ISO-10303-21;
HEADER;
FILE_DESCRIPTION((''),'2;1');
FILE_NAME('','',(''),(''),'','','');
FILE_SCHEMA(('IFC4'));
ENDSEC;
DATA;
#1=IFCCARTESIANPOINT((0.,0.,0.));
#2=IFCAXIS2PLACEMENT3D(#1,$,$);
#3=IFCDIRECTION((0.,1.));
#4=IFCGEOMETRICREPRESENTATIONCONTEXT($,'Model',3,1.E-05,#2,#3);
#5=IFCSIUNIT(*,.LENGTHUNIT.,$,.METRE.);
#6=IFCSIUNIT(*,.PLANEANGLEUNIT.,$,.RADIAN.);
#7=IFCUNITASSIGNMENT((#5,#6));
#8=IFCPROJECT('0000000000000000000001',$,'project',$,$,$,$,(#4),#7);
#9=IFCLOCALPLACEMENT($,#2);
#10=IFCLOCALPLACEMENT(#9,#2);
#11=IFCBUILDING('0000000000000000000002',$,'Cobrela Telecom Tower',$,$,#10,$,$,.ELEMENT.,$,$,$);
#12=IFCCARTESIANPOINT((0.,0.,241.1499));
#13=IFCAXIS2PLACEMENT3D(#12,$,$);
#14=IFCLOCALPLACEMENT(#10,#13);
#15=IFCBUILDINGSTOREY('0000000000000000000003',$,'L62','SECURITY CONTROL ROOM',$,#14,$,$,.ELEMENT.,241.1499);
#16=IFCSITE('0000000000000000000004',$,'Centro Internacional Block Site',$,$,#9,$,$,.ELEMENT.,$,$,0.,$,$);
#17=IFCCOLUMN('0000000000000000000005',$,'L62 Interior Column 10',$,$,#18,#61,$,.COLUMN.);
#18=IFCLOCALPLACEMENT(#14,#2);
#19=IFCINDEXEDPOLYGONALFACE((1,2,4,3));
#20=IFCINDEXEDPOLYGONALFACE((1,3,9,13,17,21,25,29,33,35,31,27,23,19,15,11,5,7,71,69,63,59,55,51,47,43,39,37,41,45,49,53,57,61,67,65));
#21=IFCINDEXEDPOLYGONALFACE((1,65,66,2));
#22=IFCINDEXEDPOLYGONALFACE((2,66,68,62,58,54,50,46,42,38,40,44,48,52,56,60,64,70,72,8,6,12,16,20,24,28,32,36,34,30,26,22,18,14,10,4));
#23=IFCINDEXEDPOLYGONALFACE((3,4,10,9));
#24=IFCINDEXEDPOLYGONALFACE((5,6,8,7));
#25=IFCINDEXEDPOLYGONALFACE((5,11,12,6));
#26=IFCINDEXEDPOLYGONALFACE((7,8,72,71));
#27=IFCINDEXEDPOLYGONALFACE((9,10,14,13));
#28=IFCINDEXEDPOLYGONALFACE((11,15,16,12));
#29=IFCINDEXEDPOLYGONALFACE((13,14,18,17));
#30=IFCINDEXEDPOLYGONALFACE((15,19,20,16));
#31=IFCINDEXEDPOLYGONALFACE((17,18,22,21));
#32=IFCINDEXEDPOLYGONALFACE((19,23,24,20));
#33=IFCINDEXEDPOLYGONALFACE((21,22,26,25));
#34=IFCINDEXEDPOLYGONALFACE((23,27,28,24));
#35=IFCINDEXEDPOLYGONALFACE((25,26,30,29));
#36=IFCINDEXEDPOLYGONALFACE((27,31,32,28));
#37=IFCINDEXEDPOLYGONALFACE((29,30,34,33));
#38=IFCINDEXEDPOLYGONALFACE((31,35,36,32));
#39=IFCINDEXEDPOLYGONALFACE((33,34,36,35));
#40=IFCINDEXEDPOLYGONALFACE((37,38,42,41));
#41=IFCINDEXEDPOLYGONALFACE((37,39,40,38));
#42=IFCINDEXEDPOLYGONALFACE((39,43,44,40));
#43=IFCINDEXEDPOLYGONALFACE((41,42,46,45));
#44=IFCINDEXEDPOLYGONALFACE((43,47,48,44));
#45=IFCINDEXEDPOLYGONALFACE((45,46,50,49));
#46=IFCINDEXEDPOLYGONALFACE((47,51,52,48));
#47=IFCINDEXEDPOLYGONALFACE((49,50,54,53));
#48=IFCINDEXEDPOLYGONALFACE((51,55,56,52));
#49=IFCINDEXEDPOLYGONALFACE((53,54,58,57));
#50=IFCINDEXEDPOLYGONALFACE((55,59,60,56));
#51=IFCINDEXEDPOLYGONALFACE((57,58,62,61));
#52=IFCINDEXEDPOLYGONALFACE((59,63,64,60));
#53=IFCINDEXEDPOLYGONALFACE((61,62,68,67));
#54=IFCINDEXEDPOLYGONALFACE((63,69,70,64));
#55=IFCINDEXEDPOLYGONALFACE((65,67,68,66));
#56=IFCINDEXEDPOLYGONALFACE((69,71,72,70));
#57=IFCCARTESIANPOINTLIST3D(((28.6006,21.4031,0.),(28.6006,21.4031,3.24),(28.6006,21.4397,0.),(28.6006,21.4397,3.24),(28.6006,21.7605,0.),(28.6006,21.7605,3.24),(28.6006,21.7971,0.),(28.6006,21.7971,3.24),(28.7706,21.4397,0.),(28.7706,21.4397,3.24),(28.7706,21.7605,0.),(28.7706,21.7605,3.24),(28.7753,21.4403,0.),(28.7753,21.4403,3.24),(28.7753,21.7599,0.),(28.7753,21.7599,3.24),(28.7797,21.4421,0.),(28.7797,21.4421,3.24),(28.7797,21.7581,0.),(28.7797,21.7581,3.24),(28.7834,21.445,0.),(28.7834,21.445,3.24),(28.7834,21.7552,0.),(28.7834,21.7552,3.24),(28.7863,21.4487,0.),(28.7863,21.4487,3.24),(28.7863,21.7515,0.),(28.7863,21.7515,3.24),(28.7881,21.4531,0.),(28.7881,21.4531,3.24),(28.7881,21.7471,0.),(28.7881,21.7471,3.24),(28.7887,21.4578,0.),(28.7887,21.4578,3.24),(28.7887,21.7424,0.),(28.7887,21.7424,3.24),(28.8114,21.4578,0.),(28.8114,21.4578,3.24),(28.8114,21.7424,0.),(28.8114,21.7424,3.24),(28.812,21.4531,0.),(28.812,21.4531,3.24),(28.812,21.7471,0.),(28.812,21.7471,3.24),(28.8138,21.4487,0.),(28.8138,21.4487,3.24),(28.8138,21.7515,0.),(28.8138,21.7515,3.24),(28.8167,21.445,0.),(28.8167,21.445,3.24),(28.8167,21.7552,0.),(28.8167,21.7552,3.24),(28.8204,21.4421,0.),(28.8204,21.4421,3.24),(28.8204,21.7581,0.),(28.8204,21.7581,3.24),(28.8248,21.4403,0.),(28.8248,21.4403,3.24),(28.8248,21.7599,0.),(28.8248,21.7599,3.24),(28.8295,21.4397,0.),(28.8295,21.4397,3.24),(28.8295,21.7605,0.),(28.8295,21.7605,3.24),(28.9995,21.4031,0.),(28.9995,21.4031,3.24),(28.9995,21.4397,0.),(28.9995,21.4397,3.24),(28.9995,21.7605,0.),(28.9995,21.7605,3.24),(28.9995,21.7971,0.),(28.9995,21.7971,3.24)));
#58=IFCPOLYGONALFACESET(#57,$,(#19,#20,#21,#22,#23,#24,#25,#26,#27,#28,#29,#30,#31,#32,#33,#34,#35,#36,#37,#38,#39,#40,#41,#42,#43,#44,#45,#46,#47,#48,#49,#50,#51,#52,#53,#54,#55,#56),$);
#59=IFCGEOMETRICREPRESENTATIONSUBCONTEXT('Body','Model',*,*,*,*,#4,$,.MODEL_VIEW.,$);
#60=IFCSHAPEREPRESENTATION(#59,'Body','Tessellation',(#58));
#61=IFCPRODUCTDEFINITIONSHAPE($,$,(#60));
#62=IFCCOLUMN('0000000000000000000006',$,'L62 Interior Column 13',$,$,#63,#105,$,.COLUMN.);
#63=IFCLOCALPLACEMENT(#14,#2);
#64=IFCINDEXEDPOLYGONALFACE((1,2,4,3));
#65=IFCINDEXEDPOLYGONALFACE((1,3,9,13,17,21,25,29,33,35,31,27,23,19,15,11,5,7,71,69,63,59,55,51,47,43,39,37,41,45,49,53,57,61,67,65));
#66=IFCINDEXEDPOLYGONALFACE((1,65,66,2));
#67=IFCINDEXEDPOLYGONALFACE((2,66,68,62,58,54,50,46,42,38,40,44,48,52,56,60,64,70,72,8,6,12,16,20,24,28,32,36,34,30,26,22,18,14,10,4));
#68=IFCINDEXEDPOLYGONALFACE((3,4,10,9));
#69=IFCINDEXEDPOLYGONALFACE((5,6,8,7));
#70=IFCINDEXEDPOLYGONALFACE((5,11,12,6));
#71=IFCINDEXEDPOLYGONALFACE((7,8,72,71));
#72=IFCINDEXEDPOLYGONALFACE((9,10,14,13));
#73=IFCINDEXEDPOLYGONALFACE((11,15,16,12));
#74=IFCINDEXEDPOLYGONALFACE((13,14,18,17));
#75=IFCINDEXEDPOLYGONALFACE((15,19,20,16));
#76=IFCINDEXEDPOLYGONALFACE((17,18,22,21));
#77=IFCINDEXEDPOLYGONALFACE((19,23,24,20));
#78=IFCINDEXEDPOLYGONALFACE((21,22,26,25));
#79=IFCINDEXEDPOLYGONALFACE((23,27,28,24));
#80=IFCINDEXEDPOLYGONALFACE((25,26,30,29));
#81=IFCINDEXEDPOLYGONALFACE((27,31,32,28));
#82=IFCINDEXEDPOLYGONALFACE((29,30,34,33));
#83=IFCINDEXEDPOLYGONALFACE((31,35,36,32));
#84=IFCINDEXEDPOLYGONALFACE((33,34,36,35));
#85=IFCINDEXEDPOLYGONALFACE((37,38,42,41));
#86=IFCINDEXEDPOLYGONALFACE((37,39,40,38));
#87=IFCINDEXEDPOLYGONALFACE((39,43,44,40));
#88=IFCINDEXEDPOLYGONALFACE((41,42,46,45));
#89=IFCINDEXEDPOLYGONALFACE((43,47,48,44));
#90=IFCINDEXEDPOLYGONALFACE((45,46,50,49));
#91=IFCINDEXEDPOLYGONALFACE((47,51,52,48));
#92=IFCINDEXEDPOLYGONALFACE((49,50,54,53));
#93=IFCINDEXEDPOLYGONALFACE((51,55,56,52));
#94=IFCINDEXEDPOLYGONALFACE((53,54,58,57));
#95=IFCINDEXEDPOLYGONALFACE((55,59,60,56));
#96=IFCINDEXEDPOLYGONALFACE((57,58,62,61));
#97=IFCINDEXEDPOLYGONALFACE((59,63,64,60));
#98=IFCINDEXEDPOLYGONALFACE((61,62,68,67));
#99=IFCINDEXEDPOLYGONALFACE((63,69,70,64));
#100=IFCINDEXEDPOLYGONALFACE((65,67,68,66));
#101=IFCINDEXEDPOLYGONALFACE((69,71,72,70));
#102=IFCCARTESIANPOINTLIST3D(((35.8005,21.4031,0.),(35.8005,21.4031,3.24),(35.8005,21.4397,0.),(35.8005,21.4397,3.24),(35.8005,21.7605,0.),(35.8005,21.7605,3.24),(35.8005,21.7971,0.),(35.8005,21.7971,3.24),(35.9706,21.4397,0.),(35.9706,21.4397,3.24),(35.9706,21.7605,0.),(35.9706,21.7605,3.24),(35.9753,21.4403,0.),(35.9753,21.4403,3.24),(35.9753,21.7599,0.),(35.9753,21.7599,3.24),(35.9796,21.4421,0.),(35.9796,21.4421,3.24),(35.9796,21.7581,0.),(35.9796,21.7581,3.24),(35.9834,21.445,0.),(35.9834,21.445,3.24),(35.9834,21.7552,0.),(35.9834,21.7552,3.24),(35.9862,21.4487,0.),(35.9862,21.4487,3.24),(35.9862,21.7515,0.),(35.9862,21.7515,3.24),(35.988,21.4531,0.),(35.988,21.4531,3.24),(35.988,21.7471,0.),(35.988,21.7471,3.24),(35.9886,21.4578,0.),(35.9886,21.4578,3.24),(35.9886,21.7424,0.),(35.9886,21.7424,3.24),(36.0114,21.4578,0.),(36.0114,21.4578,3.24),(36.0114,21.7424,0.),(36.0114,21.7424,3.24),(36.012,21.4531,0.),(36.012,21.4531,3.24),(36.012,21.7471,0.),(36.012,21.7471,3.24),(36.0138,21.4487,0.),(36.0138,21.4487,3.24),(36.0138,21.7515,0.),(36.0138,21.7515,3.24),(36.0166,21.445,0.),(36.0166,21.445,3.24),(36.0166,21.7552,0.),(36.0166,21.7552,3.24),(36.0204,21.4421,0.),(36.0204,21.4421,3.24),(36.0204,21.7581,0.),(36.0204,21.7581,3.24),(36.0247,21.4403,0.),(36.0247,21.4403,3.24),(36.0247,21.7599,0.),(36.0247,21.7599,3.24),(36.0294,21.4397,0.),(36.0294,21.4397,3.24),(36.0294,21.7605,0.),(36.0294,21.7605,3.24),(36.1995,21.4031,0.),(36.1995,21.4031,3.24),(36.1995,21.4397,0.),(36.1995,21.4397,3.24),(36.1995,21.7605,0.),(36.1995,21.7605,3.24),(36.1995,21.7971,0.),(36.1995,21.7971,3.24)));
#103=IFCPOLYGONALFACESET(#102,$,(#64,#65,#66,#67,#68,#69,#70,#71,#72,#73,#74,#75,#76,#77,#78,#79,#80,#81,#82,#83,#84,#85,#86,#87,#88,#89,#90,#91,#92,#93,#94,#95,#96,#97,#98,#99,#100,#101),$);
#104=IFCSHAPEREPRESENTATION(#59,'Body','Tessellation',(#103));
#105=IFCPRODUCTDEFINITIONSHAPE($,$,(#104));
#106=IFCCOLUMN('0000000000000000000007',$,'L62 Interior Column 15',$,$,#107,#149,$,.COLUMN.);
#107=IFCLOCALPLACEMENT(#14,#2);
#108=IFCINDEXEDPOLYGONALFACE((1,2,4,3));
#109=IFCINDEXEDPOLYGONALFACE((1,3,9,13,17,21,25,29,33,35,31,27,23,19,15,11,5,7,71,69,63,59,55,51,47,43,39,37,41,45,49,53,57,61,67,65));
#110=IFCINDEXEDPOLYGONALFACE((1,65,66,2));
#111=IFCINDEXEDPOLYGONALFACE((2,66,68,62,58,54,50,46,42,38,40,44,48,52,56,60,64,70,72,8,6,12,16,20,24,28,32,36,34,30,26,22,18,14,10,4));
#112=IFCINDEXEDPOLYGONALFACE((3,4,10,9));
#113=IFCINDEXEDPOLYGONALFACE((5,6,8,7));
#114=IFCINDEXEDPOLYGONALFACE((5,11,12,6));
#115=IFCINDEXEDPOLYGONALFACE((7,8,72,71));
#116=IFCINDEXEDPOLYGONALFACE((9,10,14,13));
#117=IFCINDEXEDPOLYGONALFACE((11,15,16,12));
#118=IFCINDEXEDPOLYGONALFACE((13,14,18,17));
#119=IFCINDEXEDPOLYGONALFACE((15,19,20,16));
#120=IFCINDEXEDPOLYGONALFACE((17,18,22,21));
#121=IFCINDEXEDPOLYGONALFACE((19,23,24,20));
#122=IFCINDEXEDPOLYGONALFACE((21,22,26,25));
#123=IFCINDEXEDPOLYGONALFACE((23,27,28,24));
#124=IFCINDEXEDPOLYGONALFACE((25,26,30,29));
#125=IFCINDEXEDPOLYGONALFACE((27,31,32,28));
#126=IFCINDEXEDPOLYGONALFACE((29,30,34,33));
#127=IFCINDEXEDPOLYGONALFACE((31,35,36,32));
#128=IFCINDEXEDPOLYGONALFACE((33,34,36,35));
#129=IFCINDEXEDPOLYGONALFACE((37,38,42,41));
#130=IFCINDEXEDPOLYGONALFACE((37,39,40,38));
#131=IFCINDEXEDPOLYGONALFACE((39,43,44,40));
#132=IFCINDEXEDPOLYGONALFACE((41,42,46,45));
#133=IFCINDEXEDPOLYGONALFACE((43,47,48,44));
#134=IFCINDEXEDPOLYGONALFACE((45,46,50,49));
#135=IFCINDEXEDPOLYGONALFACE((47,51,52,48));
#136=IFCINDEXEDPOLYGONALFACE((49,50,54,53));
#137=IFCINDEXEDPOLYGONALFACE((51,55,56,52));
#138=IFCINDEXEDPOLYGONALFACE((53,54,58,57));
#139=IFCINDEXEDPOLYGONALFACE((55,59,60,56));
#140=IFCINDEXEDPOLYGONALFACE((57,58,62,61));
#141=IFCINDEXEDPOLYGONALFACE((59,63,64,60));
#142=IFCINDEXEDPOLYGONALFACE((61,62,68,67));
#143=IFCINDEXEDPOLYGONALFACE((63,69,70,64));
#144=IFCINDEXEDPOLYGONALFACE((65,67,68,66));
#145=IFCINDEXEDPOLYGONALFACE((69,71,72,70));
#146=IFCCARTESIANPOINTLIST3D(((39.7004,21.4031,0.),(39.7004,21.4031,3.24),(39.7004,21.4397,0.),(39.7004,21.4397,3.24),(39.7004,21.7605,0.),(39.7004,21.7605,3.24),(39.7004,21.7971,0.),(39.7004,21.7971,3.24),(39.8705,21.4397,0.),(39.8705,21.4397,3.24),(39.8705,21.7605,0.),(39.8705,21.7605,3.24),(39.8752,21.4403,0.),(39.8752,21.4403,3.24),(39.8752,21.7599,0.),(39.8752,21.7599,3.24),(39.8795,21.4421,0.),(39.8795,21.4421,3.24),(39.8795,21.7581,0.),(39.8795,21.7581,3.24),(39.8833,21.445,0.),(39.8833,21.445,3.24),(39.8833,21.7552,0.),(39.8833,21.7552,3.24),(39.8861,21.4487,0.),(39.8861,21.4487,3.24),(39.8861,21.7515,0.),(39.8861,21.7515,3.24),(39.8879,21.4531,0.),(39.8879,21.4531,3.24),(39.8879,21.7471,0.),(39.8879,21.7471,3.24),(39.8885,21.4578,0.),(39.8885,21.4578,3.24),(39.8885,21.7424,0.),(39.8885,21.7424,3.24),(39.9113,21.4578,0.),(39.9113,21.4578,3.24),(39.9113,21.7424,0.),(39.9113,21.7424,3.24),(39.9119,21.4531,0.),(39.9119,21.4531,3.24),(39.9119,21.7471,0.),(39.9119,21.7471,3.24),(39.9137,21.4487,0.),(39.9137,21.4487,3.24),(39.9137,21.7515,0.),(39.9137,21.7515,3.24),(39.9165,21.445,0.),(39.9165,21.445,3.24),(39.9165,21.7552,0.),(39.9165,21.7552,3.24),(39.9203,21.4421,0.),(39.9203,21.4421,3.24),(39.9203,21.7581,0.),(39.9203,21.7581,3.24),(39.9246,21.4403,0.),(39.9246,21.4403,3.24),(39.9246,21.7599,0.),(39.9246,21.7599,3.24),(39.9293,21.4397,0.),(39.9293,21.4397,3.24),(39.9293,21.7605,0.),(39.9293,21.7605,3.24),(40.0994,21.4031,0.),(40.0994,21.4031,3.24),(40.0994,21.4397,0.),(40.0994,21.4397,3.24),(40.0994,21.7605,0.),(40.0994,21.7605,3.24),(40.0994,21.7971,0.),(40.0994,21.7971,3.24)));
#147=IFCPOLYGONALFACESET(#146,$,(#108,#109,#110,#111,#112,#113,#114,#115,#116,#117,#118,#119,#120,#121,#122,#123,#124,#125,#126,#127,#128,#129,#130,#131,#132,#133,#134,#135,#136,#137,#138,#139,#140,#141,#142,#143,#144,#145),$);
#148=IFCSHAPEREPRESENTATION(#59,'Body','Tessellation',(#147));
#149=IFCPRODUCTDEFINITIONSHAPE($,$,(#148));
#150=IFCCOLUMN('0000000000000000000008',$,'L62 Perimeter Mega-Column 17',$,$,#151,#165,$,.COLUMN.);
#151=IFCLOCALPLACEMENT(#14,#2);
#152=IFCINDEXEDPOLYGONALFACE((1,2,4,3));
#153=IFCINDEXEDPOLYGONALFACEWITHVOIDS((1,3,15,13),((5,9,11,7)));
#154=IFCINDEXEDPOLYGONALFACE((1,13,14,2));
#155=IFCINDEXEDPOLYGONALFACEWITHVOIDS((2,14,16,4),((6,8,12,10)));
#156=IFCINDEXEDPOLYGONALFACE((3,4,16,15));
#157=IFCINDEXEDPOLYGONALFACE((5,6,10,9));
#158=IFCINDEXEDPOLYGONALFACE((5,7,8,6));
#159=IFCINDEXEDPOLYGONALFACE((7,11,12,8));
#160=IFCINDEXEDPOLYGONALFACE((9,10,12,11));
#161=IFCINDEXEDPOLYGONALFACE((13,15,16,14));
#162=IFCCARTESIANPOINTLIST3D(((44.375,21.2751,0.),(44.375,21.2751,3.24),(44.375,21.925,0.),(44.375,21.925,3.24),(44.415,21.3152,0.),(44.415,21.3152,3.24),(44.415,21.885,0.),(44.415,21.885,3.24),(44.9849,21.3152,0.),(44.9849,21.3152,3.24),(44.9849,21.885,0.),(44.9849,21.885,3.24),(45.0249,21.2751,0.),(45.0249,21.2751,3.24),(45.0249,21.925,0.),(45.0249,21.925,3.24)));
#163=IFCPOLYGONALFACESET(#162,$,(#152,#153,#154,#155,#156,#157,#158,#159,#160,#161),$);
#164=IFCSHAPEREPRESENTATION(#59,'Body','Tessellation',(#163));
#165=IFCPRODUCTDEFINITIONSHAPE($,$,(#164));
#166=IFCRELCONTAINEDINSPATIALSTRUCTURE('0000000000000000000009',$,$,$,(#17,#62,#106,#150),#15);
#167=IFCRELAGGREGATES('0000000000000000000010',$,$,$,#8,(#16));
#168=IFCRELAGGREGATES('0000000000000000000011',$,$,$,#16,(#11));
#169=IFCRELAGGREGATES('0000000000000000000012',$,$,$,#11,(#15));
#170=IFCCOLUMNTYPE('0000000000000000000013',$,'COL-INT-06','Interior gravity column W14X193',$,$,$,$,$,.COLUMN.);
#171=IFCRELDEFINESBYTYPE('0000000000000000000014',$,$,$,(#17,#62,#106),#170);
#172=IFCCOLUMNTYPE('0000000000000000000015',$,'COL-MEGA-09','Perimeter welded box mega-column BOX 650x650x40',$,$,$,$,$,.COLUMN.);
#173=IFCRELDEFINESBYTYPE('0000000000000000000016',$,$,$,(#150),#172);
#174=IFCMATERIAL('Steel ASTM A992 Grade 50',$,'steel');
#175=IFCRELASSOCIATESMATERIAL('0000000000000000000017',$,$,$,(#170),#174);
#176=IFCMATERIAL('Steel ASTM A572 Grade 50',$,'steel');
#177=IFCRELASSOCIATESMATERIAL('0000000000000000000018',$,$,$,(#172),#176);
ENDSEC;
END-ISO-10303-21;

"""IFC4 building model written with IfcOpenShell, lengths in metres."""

from ifc_helpers import new_model, si_unit, direction, frame, origin, origin_2d, place, context, subcontext, project, spatial, hollow_rectangle, i_section, extrude, material, material_profile, profile_set, type_object, element, save


model = new_model("IFC4")

# Units and contexts
model_context = context("Model", 3, precision=1e-05, world=origin(), true_north=direction((0.0, 1.0)))
body_context = subcontext(model_context, "Body", "Model", "MODEL_VIEW")
ifc_project = project(units=[si_unit("LENGTHUNIT", "METRE"), si_unit("PLANEANGLEUNIT", "RADIAN")], contexts=[model_context])

# Site, building, storey
site_placement = place(None, origin())
site = spatial("IfcSite", under=ifc_project, at=site_placement, Name="Centro Internacional Block Site", CompositionType="ELEMENT", RefElevation=0.0)
building_placement = place(site_placement, origin())
building = spatial("IfcBuilding", under=site, at=building_placement, Name="Cobrela Telecom Tower", CompositionType="ELEMENT")
storey_placement = place(building_placement, frame((0.0, 0.0, 241.1499)))
storey = spatial("IfcBuildingStorey", under=building, at=storey_placement, Name="L62", Description="SECURITY CONTROL ROOM", CompositionType="ELEMENT", Elevation=241.1499)

# Columns
ifc_material_1 = material(Name="Steel ASTM A992 Grade 50", Category="steel")
ifc_material_profile_1 = material_profile(ifc_material_1, i_section(OverallWidth=0.3989, OverallDepth=0.394, WebThickness=0.0227, FlangeThickness=0.0366, FilletRadius=0.0181, at=origin_2d()), Name="W14X193")
ifc_profile_set_1 = profile_set([ifc_material_profile_1], Name="Steel ASTM A992 Grade 50")
column_type_1 = type_object("IfcColumnType", Name="COL-INT-06", Description="Interior gravity column W14X193", PredefinedType="COLUMN", material=ifc_profile_set_1)
for number, where, z_axis, x_axis, name in (
    (1, (28.8, 21.6001, 0.0), (0.0, 0.0, 1.0), (1.0, 0.0, 0.0), "L62 Interior Column 10"),
    (2, (36.0, 21.6001, 0.0), (0.0, 0.0, 1.0), (1.0, 0.0, 0.0), "L62 Interior Column 13"),
    (3, (39.8999, 21.6001, 0.0), (0.0, 0.0, 1.0), (1.0, 0.0, 0.0), "L62 Interior Column 15"),
):
    element("IfcColumn", number, at=place(storey_placement, frame(where, z_axis=z_axis, x_axis=x_axis)), inside=storey, type_object=column_type_1, Name=name, PredefinedType="COLUMN", context=body_context, shape_type="SweptSolid", body=[
        extrude(i_section(OverallWidth=0.3989, OverallDepth=0.394, WebThickness=0.0227, FlangeThickness=0.0366, FilletRadius=0.0181, at=origin_2d()), origin(), (0.0, 0.0, 1.0), 3.24),
    ])
ifc_material_2 = material(Name="Steel ASTM A572 Grade 50", Category="steel")
ifc_material_profile_2 = material_profile(ifc_material_2, hollow_rectangle(XDim=0.6499, YDim=0.6499, WallThickness=0.04, at=origin_2d()), Name="BOX 650x650x40")
ifc_profile_set_2 = profile_set([ifc_material_profile_2], Name="Steel ASTM A572 Grade 50")
column_type_2 = type_object("IfcColumnType", Name="COL-MEGA-09", Description="Perimeter welded box mega-column BOX 650x650x40", PredefinedType="COLUMN", material=ifc_profile_set_2)
column_placement = place(storey_placement, frame((44.7, 21.6001, 0.0), z_axis=(0.0, 0.0, 1.0), x_axis=(1.0, 0.0, 0.0)))
element("IfcColumn", 4, at=column_placement, inside=storey, type_object=column_type_2, Name="L62 Perimeter Mega-Column 17", PredefinedType="COLUMN", context=body_context, shape_type="SweptSolid", body=[
    extrude(hollow_rectangle(XDim=0.6499, YDim=0.6499, WallThickness=0.04, at=origin_2d()), origin(), (0.0, 0.0, 1.0), 3.24),
])

save(model, "model.ifc")
